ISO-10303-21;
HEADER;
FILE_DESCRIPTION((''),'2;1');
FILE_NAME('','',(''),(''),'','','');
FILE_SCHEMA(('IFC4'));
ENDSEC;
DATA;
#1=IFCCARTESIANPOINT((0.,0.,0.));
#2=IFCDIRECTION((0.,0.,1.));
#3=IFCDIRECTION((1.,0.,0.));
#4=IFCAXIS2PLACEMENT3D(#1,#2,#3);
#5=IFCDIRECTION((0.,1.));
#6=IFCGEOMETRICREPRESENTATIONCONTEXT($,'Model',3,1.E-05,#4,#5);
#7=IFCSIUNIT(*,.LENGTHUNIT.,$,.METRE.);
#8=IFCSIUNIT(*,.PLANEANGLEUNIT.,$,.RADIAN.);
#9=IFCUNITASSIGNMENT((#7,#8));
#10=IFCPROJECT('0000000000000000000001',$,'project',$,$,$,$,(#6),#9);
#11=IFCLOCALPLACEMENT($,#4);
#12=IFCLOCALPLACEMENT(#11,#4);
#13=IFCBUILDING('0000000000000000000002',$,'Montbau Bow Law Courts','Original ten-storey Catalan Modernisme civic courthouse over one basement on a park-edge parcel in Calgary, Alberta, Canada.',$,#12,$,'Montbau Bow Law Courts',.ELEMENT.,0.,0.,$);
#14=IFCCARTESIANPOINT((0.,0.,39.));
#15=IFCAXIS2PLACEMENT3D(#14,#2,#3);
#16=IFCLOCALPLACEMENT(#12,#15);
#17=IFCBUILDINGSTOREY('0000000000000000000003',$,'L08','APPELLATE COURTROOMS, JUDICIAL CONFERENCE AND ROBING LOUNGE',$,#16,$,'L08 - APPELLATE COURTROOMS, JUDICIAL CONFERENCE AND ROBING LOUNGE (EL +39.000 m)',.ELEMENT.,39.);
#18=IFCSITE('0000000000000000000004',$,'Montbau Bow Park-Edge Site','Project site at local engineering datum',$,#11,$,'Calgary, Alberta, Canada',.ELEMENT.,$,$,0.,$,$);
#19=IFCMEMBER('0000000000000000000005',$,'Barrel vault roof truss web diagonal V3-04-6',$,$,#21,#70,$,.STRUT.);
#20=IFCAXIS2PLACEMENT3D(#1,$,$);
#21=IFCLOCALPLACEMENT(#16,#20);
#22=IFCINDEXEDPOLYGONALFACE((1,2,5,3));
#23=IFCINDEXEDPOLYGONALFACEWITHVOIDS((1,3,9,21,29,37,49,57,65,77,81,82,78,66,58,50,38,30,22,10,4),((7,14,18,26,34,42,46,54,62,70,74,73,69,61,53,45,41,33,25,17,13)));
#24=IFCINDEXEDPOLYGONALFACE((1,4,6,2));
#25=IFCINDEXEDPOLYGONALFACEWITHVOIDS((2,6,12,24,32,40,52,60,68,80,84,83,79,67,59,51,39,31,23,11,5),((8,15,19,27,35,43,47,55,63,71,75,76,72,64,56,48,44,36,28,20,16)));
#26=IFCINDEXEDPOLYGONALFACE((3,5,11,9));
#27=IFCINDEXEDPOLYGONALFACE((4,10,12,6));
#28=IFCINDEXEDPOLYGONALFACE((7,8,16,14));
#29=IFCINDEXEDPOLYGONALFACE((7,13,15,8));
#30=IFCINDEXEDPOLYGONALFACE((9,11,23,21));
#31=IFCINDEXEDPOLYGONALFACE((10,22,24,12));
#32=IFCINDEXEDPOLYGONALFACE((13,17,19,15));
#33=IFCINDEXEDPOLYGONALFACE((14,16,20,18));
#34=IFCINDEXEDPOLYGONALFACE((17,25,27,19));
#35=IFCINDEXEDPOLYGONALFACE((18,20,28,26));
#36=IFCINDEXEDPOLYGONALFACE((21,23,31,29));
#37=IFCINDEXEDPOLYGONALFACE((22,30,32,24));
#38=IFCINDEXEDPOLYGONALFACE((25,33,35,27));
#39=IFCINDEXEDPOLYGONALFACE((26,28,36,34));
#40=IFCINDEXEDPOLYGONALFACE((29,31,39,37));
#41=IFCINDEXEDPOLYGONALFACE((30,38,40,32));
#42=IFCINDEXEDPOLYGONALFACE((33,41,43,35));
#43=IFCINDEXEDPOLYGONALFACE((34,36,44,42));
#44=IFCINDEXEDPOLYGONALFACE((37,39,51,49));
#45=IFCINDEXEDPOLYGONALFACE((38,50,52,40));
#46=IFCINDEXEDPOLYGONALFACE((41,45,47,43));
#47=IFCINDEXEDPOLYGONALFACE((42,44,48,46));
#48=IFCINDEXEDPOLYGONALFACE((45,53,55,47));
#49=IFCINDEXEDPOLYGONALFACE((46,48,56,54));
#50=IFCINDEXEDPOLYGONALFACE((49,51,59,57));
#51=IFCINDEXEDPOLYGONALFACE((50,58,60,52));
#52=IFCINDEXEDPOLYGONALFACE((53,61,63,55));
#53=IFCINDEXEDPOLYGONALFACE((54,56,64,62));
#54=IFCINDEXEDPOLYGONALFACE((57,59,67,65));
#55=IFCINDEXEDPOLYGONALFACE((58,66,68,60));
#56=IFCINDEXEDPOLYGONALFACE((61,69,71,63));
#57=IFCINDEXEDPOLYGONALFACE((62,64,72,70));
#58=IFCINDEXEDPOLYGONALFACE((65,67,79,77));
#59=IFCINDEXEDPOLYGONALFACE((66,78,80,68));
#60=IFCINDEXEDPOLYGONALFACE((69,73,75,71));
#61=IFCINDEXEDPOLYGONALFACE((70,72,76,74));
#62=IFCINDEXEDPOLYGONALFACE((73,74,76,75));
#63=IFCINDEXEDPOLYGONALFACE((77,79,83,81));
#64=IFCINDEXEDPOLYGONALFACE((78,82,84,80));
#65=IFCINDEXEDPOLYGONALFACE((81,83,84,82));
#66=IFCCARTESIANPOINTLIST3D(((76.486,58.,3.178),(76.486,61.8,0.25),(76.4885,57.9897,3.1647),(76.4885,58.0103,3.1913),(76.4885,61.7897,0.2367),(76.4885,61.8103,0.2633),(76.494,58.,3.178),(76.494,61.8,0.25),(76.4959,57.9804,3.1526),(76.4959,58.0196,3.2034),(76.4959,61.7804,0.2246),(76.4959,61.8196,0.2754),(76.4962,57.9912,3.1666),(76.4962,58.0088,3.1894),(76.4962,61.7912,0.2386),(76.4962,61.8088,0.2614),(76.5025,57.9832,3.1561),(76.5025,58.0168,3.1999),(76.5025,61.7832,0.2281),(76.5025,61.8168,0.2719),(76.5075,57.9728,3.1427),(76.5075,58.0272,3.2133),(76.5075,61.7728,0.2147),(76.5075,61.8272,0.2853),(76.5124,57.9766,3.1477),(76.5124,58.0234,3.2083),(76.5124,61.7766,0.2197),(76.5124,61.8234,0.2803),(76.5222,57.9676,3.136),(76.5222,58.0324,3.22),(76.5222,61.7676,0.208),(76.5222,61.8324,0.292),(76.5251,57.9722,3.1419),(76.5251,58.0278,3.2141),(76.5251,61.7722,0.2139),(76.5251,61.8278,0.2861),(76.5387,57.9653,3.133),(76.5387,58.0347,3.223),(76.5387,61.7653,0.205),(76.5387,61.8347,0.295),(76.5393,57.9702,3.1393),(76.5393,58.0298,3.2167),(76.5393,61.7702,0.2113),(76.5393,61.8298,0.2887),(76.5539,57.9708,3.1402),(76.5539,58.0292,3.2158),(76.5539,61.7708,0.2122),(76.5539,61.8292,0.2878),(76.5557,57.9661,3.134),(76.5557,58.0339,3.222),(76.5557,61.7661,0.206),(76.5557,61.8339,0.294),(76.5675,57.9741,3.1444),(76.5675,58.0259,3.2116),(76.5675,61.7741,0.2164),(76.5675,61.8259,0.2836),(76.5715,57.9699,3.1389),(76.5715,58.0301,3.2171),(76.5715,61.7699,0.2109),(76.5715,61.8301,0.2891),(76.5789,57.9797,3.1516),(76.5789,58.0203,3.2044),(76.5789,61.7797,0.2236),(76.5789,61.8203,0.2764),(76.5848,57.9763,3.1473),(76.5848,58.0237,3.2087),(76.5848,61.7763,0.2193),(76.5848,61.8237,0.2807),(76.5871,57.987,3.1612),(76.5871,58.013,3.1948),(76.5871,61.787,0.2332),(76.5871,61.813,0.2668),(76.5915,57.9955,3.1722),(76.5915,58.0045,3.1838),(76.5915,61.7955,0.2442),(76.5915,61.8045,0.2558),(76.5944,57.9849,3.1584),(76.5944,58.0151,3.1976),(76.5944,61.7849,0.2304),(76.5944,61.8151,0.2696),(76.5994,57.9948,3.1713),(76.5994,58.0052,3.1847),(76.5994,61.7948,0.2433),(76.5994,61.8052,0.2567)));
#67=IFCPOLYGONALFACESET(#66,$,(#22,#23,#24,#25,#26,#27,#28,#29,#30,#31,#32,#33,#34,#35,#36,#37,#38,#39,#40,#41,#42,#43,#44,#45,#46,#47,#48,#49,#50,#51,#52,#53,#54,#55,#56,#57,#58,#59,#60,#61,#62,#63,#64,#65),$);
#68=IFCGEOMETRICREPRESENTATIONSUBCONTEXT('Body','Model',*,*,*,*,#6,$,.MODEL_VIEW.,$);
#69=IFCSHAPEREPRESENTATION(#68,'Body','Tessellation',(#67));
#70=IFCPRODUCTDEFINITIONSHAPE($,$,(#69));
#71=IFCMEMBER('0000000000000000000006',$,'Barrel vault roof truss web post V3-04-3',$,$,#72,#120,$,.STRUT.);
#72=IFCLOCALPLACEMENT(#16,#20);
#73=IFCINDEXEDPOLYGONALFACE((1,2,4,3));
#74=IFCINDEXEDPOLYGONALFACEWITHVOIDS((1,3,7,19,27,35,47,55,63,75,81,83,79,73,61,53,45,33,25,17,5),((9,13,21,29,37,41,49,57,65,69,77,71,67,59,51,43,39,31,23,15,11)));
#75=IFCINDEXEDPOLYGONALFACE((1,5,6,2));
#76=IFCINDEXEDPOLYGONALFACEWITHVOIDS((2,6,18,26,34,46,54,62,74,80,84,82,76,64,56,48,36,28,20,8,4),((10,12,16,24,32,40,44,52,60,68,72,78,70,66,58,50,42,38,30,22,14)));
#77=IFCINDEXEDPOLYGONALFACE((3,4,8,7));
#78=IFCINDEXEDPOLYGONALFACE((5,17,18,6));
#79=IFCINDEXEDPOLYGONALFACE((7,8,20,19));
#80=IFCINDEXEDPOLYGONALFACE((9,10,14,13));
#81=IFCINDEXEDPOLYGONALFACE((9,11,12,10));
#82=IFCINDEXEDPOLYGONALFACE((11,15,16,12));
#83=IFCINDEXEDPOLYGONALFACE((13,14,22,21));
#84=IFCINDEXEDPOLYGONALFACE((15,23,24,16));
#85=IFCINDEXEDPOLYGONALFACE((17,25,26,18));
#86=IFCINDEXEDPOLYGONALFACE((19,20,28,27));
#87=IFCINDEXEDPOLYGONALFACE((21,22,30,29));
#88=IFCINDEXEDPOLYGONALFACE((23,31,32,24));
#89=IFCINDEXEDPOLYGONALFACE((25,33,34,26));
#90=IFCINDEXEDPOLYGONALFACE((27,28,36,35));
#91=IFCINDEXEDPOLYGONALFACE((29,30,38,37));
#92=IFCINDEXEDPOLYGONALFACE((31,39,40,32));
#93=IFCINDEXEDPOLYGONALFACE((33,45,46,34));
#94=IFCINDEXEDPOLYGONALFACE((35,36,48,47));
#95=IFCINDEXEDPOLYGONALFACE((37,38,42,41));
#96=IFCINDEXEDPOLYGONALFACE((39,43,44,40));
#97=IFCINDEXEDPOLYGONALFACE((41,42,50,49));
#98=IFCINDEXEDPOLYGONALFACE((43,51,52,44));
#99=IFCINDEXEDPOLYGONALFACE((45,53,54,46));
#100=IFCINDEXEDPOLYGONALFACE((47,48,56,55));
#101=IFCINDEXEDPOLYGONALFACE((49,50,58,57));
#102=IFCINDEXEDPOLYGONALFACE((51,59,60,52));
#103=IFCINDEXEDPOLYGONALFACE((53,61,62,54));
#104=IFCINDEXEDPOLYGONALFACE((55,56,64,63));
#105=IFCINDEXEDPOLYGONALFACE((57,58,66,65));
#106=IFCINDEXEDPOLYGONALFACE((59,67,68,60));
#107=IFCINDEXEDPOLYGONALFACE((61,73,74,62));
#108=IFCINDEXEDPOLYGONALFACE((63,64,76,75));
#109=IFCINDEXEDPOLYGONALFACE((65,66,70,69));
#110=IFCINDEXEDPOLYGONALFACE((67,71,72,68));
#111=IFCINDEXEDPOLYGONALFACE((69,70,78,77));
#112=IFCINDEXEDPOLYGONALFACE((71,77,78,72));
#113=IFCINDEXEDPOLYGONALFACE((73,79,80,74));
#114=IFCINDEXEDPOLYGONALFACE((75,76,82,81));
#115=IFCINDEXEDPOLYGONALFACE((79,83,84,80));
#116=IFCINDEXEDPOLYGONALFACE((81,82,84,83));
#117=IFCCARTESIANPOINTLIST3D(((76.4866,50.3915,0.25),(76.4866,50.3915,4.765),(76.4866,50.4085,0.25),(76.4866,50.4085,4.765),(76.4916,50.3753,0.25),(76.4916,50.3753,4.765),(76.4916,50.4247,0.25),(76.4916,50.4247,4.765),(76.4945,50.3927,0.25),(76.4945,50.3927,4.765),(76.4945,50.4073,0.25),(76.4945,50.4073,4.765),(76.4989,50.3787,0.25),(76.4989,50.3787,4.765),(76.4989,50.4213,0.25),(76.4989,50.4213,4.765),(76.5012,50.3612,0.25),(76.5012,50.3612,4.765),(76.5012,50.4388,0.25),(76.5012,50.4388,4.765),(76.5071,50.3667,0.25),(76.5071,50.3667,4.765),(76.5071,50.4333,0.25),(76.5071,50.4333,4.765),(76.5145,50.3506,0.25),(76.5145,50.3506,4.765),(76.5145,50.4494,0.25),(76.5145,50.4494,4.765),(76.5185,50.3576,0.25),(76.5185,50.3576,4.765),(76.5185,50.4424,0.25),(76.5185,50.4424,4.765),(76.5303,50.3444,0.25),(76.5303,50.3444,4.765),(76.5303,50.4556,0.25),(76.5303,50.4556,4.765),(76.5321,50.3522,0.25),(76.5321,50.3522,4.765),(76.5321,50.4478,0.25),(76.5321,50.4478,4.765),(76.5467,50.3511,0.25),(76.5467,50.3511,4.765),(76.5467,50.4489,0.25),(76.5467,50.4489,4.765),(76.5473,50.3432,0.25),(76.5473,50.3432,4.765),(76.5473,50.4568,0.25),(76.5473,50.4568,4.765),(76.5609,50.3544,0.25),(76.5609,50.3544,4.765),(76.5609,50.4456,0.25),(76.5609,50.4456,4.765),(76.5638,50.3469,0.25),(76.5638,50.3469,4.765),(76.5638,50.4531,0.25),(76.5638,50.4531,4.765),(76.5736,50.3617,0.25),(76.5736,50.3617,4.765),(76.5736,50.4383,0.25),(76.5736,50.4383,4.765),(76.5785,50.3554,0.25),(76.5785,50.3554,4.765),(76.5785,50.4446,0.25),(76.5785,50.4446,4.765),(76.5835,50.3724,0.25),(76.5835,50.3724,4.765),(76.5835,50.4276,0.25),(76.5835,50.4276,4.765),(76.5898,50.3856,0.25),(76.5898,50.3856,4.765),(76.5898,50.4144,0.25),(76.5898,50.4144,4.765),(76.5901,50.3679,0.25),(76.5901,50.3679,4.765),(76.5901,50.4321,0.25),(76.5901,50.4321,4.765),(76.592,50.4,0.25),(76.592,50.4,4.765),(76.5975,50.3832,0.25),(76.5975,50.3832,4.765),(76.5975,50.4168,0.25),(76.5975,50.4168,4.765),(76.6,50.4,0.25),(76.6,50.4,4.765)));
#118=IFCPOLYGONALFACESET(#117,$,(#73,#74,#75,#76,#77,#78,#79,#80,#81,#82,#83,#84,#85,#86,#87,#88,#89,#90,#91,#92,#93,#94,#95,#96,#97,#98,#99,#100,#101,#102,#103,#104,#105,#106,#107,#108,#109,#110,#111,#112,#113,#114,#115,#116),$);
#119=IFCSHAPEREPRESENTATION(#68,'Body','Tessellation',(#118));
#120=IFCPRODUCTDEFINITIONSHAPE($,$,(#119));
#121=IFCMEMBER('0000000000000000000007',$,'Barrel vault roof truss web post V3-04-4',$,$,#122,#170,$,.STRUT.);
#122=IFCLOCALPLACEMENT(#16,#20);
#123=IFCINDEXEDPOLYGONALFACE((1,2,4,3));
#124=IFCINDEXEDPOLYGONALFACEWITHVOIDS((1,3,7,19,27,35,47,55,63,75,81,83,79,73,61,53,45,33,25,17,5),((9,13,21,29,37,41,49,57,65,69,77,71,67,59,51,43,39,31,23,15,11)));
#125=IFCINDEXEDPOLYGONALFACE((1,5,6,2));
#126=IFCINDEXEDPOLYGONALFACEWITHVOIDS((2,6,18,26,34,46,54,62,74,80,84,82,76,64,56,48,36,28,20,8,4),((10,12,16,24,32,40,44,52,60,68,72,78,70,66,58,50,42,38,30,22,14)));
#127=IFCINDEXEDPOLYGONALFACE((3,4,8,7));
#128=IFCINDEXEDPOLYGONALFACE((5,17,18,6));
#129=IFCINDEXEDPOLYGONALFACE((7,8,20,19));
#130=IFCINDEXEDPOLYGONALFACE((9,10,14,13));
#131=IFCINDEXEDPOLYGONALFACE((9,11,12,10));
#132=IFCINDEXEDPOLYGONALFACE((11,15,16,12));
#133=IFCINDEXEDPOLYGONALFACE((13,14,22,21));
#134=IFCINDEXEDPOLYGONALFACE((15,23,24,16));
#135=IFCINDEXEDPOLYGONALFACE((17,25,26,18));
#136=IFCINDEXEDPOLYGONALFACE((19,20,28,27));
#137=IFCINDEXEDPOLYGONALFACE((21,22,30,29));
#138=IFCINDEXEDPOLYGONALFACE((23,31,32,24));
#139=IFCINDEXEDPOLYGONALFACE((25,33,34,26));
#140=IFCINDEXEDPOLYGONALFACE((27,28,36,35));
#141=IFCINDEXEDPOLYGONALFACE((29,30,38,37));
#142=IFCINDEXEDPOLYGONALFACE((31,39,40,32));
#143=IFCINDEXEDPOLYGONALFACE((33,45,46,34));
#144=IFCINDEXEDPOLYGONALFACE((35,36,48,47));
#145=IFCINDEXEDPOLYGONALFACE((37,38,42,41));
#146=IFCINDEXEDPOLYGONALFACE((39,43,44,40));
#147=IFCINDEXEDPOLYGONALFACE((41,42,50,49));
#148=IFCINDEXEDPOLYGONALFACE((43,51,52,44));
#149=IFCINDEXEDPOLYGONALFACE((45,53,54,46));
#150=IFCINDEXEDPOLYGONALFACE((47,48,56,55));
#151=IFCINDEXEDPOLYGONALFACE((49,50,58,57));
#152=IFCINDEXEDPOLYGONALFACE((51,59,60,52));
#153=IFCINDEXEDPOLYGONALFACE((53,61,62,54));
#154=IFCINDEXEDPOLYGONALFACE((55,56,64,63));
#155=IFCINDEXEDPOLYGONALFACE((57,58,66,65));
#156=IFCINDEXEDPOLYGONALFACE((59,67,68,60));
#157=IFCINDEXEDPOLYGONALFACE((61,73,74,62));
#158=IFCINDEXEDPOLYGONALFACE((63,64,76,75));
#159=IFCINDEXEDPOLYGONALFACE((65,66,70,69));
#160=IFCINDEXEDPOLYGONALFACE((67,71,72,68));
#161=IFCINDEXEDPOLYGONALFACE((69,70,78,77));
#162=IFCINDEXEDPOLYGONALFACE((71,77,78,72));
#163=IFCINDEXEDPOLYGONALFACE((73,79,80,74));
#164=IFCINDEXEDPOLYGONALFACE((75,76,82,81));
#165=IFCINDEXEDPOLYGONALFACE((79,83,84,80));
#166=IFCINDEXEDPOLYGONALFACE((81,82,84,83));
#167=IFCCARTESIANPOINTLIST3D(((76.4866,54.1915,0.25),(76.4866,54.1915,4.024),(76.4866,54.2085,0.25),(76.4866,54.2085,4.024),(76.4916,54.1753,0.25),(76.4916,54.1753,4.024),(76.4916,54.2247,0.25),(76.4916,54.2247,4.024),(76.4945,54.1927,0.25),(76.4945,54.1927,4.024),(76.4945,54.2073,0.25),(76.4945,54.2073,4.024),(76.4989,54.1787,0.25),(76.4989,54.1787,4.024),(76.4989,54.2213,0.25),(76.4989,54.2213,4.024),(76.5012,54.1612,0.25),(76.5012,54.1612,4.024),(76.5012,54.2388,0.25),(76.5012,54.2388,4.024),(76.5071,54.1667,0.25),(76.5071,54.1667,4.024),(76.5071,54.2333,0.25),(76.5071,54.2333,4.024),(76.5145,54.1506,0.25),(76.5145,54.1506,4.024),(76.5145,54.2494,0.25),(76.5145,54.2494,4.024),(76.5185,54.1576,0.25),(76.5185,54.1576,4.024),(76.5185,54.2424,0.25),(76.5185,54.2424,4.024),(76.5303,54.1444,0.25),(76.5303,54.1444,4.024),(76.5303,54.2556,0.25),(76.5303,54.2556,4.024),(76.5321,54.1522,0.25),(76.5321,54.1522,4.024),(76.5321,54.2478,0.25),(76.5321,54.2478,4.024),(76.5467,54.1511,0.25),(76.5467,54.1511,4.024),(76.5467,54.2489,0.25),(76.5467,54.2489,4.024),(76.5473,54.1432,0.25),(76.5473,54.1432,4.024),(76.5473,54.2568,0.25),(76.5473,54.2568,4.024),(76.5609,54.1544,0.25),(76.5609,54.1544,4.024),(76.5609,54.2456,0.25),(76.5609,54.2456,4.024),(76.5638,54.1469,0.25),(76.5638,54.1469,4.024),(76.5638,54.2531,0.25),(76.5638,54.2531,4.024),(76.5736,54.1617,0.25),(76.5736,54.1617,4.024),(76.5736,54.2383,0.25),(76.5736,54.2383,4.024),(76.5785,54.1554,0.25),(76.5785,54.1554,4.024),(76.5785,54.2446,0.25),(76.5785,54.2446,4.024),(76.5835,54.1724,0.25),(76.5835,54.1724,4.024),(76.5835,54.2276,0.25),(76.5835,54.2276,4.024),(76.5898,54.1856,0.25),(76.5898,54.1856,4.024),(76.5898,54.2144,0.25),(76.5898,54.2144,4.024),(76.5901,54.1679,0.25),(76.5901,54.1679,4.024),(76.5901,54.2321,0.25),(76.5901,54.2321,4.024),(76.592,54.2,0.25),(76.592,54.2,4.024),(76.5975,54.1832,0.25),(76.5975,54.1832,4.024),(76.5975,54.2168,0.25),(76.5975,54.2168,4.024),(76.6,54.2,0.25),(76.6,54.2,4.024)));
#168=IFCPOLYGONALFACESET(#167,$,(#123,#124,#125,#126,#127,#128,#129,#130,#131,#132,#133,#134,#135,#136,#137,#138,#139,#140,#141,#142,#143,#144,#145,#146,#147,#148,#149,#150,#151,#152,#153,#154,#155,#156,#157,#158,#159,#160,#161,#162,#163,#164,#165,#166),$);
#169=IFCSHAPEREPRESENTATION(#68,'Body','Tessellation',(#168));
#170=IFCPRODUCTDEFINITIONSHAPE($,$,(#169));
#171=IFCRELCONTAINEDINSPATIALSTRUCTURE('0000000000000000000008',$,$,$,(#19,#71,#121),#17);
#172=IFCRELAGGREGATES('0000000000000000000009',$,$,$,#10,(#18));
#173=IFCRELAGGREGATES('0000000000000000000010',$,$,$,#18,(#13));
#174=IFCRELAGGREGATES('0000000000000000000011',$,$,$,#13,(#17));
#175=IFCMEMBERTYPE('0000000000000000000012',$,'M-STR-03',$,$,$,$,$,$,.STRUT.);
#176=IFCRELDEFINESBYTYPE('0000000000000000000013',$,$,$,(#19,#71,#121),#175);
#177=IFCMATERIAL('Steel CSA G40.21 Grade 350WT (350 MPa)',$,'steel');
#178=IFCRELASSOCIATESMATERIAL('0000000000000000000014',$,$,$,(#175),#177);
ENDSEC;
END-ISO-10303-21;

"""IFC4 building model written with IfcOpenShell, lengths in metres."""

from ifc_helpers import new_model, si_unit, direction, frame, origin_with_axes, origin_2d_with_axis, place, context, subcontext, project, spatial, hollow_circle, extrude, material, material_profile, profile_set, type_object, element, save


model = new_model("IFC4")

# Units and contexts
model_context = context("Model", 3, precision=1e-05, world=origin_with_axes(), true_north=direction((0.0, 1.0)))
body_context = subcontext(model_context, "Body", "Model", "MODEL_VIEW")
ifc_project = project(units=[si_unit("LENGTHUNIT", "METRE"), si_unit("PLANEANGLEUNIT", "RADIAN")], contexts=[model_context])

# Site, building, storey
site_placement = place(None, origin_with_axes())
site = spatial("IfcSite", under=ifc_project, at=site_placement, Name="Montbau Bow Park-Edge Site", Description="Project site at local engineering datum", LongName="Calgary, Alberta, Canada", CompositionType="ELEMENT", RefElevation=0.0)
building_placement = place(site_placement, origin_with_axes())
building = spatial("IfcBuilding", under=site, at=building_placement, Name="Montbau Bow Law Courts", Description="Original ten-storey Catalan Modernisme civic courthouse over one basement on a park-edge parcel in Calgary, Alberta, Canada.", LongName="Montbau Bow Law Courts", CompositionType="ELEMENT", ElevationOfRefHeight=0.0, ElevationOfTerrain=0.0)
storey_placement = place(building_placement, frame((0.0, 0.0, 39.0), z_axis=(0.0, 0.0, 1.0), x_axis=(1.0, 0.0, 0.0)))
storey = spatial("IfcBuildingStorey", under=building, at=storey_placement, Name="L08", Description="APPELLATE COURTROOMS, JUDICIAL CONFERENCE AND ROBING LOUNGE", LongName="L08 - APPELLATE COURTROOMS, JUDICIAL CONFERENCE AND ROBING LOUNGE (EL +39.000 m)", CompositionType="ELEMENT", Elevation=39.0)

# Shared definitions
ifc_material_1 = material(Name="Steel CSA G40.21 Grade 350WT (350 MPa)", Category="steel")

# Members
ifc_material_profile_1 = material_profile(ifc_material_1, hollow_circle(Radius=0.057, WallThickness=0.008, at=origin_2d_with_axis()), Name="HSS114X8.0", Category="Main", Priority=0)
ifc_profile_set_1 = profile_set([ifc_material_profile_1], Name="Steel CSA G40.21 Grade 350WT (350 MPa)")
member_type_1 = type_object("IfcMemberType", Name="M-STR-03", PredefinedType="STRUT", material=ifc_profile_set_1)
member_1_placement = place(None, frame((76.543, 58.0, 42.178), z_axis=(0.0, 0.792128, -0.610355), x_axis=(-1.0, 0.0, 0.0)))
element("IfcMember", 1, at=member_1_placement, inside=storey, type_object=member_type_1, Name="Barrel vault roof truss web diagonal V3-04-6", PredefinedType="STRUT", context=body_context, shape_type="SweptSolid", body=[
    extrude(hollow_circle(Radius=0.057, WallThickness=0.008, at=origin_2d_with_axis()), origin_with_axes(), (0.0, 0.0, 1.0), 4.7972),
])
member_2_placement = place(None, frame((76.543, 50.4, 39.25), z_axis=(0.0, 0.0, 1.0), x_axis=(1.0, 0.0, 0.0)))
element("IfcMember", 2, at=member_2_placement, inside=storey, type_object=member_type_1, Name="Barrel vault roof truss web post V3-04-3", PredefinedType="STRUT", context=body_context, shape_type="SweptSolid", body=[
    extrude(hollow_circle(Radius=0.057, WallThickness=0.008, at=origin_2d_with_axis()), origin_with_axes(), (0.0, 0.0, 1.0), 4.515),
])
member_3_placement = place(None, frame((76.543, 54.2, 39.25), z_axis=(0.0, 0.0, 1.0), x_axis=(1.0, 0.0, 0.0)))
element("IfcMember", 3, at=member_3_placement, inside=storey, type_object=member_type_1, Name="Barrel vault roof truss web post V3-04-4", PredefinedType="STRUT", context=body_context, shape_type="SweptSolid", body=[
    extrude(hollow_circle(Radius=0.057, WallThickness=0.008, at=origin_2d_with_axis()), origin_with_axes(), (0.0, 0.0, 1.0), 3.774),
])

save(model, "model.ifc")
